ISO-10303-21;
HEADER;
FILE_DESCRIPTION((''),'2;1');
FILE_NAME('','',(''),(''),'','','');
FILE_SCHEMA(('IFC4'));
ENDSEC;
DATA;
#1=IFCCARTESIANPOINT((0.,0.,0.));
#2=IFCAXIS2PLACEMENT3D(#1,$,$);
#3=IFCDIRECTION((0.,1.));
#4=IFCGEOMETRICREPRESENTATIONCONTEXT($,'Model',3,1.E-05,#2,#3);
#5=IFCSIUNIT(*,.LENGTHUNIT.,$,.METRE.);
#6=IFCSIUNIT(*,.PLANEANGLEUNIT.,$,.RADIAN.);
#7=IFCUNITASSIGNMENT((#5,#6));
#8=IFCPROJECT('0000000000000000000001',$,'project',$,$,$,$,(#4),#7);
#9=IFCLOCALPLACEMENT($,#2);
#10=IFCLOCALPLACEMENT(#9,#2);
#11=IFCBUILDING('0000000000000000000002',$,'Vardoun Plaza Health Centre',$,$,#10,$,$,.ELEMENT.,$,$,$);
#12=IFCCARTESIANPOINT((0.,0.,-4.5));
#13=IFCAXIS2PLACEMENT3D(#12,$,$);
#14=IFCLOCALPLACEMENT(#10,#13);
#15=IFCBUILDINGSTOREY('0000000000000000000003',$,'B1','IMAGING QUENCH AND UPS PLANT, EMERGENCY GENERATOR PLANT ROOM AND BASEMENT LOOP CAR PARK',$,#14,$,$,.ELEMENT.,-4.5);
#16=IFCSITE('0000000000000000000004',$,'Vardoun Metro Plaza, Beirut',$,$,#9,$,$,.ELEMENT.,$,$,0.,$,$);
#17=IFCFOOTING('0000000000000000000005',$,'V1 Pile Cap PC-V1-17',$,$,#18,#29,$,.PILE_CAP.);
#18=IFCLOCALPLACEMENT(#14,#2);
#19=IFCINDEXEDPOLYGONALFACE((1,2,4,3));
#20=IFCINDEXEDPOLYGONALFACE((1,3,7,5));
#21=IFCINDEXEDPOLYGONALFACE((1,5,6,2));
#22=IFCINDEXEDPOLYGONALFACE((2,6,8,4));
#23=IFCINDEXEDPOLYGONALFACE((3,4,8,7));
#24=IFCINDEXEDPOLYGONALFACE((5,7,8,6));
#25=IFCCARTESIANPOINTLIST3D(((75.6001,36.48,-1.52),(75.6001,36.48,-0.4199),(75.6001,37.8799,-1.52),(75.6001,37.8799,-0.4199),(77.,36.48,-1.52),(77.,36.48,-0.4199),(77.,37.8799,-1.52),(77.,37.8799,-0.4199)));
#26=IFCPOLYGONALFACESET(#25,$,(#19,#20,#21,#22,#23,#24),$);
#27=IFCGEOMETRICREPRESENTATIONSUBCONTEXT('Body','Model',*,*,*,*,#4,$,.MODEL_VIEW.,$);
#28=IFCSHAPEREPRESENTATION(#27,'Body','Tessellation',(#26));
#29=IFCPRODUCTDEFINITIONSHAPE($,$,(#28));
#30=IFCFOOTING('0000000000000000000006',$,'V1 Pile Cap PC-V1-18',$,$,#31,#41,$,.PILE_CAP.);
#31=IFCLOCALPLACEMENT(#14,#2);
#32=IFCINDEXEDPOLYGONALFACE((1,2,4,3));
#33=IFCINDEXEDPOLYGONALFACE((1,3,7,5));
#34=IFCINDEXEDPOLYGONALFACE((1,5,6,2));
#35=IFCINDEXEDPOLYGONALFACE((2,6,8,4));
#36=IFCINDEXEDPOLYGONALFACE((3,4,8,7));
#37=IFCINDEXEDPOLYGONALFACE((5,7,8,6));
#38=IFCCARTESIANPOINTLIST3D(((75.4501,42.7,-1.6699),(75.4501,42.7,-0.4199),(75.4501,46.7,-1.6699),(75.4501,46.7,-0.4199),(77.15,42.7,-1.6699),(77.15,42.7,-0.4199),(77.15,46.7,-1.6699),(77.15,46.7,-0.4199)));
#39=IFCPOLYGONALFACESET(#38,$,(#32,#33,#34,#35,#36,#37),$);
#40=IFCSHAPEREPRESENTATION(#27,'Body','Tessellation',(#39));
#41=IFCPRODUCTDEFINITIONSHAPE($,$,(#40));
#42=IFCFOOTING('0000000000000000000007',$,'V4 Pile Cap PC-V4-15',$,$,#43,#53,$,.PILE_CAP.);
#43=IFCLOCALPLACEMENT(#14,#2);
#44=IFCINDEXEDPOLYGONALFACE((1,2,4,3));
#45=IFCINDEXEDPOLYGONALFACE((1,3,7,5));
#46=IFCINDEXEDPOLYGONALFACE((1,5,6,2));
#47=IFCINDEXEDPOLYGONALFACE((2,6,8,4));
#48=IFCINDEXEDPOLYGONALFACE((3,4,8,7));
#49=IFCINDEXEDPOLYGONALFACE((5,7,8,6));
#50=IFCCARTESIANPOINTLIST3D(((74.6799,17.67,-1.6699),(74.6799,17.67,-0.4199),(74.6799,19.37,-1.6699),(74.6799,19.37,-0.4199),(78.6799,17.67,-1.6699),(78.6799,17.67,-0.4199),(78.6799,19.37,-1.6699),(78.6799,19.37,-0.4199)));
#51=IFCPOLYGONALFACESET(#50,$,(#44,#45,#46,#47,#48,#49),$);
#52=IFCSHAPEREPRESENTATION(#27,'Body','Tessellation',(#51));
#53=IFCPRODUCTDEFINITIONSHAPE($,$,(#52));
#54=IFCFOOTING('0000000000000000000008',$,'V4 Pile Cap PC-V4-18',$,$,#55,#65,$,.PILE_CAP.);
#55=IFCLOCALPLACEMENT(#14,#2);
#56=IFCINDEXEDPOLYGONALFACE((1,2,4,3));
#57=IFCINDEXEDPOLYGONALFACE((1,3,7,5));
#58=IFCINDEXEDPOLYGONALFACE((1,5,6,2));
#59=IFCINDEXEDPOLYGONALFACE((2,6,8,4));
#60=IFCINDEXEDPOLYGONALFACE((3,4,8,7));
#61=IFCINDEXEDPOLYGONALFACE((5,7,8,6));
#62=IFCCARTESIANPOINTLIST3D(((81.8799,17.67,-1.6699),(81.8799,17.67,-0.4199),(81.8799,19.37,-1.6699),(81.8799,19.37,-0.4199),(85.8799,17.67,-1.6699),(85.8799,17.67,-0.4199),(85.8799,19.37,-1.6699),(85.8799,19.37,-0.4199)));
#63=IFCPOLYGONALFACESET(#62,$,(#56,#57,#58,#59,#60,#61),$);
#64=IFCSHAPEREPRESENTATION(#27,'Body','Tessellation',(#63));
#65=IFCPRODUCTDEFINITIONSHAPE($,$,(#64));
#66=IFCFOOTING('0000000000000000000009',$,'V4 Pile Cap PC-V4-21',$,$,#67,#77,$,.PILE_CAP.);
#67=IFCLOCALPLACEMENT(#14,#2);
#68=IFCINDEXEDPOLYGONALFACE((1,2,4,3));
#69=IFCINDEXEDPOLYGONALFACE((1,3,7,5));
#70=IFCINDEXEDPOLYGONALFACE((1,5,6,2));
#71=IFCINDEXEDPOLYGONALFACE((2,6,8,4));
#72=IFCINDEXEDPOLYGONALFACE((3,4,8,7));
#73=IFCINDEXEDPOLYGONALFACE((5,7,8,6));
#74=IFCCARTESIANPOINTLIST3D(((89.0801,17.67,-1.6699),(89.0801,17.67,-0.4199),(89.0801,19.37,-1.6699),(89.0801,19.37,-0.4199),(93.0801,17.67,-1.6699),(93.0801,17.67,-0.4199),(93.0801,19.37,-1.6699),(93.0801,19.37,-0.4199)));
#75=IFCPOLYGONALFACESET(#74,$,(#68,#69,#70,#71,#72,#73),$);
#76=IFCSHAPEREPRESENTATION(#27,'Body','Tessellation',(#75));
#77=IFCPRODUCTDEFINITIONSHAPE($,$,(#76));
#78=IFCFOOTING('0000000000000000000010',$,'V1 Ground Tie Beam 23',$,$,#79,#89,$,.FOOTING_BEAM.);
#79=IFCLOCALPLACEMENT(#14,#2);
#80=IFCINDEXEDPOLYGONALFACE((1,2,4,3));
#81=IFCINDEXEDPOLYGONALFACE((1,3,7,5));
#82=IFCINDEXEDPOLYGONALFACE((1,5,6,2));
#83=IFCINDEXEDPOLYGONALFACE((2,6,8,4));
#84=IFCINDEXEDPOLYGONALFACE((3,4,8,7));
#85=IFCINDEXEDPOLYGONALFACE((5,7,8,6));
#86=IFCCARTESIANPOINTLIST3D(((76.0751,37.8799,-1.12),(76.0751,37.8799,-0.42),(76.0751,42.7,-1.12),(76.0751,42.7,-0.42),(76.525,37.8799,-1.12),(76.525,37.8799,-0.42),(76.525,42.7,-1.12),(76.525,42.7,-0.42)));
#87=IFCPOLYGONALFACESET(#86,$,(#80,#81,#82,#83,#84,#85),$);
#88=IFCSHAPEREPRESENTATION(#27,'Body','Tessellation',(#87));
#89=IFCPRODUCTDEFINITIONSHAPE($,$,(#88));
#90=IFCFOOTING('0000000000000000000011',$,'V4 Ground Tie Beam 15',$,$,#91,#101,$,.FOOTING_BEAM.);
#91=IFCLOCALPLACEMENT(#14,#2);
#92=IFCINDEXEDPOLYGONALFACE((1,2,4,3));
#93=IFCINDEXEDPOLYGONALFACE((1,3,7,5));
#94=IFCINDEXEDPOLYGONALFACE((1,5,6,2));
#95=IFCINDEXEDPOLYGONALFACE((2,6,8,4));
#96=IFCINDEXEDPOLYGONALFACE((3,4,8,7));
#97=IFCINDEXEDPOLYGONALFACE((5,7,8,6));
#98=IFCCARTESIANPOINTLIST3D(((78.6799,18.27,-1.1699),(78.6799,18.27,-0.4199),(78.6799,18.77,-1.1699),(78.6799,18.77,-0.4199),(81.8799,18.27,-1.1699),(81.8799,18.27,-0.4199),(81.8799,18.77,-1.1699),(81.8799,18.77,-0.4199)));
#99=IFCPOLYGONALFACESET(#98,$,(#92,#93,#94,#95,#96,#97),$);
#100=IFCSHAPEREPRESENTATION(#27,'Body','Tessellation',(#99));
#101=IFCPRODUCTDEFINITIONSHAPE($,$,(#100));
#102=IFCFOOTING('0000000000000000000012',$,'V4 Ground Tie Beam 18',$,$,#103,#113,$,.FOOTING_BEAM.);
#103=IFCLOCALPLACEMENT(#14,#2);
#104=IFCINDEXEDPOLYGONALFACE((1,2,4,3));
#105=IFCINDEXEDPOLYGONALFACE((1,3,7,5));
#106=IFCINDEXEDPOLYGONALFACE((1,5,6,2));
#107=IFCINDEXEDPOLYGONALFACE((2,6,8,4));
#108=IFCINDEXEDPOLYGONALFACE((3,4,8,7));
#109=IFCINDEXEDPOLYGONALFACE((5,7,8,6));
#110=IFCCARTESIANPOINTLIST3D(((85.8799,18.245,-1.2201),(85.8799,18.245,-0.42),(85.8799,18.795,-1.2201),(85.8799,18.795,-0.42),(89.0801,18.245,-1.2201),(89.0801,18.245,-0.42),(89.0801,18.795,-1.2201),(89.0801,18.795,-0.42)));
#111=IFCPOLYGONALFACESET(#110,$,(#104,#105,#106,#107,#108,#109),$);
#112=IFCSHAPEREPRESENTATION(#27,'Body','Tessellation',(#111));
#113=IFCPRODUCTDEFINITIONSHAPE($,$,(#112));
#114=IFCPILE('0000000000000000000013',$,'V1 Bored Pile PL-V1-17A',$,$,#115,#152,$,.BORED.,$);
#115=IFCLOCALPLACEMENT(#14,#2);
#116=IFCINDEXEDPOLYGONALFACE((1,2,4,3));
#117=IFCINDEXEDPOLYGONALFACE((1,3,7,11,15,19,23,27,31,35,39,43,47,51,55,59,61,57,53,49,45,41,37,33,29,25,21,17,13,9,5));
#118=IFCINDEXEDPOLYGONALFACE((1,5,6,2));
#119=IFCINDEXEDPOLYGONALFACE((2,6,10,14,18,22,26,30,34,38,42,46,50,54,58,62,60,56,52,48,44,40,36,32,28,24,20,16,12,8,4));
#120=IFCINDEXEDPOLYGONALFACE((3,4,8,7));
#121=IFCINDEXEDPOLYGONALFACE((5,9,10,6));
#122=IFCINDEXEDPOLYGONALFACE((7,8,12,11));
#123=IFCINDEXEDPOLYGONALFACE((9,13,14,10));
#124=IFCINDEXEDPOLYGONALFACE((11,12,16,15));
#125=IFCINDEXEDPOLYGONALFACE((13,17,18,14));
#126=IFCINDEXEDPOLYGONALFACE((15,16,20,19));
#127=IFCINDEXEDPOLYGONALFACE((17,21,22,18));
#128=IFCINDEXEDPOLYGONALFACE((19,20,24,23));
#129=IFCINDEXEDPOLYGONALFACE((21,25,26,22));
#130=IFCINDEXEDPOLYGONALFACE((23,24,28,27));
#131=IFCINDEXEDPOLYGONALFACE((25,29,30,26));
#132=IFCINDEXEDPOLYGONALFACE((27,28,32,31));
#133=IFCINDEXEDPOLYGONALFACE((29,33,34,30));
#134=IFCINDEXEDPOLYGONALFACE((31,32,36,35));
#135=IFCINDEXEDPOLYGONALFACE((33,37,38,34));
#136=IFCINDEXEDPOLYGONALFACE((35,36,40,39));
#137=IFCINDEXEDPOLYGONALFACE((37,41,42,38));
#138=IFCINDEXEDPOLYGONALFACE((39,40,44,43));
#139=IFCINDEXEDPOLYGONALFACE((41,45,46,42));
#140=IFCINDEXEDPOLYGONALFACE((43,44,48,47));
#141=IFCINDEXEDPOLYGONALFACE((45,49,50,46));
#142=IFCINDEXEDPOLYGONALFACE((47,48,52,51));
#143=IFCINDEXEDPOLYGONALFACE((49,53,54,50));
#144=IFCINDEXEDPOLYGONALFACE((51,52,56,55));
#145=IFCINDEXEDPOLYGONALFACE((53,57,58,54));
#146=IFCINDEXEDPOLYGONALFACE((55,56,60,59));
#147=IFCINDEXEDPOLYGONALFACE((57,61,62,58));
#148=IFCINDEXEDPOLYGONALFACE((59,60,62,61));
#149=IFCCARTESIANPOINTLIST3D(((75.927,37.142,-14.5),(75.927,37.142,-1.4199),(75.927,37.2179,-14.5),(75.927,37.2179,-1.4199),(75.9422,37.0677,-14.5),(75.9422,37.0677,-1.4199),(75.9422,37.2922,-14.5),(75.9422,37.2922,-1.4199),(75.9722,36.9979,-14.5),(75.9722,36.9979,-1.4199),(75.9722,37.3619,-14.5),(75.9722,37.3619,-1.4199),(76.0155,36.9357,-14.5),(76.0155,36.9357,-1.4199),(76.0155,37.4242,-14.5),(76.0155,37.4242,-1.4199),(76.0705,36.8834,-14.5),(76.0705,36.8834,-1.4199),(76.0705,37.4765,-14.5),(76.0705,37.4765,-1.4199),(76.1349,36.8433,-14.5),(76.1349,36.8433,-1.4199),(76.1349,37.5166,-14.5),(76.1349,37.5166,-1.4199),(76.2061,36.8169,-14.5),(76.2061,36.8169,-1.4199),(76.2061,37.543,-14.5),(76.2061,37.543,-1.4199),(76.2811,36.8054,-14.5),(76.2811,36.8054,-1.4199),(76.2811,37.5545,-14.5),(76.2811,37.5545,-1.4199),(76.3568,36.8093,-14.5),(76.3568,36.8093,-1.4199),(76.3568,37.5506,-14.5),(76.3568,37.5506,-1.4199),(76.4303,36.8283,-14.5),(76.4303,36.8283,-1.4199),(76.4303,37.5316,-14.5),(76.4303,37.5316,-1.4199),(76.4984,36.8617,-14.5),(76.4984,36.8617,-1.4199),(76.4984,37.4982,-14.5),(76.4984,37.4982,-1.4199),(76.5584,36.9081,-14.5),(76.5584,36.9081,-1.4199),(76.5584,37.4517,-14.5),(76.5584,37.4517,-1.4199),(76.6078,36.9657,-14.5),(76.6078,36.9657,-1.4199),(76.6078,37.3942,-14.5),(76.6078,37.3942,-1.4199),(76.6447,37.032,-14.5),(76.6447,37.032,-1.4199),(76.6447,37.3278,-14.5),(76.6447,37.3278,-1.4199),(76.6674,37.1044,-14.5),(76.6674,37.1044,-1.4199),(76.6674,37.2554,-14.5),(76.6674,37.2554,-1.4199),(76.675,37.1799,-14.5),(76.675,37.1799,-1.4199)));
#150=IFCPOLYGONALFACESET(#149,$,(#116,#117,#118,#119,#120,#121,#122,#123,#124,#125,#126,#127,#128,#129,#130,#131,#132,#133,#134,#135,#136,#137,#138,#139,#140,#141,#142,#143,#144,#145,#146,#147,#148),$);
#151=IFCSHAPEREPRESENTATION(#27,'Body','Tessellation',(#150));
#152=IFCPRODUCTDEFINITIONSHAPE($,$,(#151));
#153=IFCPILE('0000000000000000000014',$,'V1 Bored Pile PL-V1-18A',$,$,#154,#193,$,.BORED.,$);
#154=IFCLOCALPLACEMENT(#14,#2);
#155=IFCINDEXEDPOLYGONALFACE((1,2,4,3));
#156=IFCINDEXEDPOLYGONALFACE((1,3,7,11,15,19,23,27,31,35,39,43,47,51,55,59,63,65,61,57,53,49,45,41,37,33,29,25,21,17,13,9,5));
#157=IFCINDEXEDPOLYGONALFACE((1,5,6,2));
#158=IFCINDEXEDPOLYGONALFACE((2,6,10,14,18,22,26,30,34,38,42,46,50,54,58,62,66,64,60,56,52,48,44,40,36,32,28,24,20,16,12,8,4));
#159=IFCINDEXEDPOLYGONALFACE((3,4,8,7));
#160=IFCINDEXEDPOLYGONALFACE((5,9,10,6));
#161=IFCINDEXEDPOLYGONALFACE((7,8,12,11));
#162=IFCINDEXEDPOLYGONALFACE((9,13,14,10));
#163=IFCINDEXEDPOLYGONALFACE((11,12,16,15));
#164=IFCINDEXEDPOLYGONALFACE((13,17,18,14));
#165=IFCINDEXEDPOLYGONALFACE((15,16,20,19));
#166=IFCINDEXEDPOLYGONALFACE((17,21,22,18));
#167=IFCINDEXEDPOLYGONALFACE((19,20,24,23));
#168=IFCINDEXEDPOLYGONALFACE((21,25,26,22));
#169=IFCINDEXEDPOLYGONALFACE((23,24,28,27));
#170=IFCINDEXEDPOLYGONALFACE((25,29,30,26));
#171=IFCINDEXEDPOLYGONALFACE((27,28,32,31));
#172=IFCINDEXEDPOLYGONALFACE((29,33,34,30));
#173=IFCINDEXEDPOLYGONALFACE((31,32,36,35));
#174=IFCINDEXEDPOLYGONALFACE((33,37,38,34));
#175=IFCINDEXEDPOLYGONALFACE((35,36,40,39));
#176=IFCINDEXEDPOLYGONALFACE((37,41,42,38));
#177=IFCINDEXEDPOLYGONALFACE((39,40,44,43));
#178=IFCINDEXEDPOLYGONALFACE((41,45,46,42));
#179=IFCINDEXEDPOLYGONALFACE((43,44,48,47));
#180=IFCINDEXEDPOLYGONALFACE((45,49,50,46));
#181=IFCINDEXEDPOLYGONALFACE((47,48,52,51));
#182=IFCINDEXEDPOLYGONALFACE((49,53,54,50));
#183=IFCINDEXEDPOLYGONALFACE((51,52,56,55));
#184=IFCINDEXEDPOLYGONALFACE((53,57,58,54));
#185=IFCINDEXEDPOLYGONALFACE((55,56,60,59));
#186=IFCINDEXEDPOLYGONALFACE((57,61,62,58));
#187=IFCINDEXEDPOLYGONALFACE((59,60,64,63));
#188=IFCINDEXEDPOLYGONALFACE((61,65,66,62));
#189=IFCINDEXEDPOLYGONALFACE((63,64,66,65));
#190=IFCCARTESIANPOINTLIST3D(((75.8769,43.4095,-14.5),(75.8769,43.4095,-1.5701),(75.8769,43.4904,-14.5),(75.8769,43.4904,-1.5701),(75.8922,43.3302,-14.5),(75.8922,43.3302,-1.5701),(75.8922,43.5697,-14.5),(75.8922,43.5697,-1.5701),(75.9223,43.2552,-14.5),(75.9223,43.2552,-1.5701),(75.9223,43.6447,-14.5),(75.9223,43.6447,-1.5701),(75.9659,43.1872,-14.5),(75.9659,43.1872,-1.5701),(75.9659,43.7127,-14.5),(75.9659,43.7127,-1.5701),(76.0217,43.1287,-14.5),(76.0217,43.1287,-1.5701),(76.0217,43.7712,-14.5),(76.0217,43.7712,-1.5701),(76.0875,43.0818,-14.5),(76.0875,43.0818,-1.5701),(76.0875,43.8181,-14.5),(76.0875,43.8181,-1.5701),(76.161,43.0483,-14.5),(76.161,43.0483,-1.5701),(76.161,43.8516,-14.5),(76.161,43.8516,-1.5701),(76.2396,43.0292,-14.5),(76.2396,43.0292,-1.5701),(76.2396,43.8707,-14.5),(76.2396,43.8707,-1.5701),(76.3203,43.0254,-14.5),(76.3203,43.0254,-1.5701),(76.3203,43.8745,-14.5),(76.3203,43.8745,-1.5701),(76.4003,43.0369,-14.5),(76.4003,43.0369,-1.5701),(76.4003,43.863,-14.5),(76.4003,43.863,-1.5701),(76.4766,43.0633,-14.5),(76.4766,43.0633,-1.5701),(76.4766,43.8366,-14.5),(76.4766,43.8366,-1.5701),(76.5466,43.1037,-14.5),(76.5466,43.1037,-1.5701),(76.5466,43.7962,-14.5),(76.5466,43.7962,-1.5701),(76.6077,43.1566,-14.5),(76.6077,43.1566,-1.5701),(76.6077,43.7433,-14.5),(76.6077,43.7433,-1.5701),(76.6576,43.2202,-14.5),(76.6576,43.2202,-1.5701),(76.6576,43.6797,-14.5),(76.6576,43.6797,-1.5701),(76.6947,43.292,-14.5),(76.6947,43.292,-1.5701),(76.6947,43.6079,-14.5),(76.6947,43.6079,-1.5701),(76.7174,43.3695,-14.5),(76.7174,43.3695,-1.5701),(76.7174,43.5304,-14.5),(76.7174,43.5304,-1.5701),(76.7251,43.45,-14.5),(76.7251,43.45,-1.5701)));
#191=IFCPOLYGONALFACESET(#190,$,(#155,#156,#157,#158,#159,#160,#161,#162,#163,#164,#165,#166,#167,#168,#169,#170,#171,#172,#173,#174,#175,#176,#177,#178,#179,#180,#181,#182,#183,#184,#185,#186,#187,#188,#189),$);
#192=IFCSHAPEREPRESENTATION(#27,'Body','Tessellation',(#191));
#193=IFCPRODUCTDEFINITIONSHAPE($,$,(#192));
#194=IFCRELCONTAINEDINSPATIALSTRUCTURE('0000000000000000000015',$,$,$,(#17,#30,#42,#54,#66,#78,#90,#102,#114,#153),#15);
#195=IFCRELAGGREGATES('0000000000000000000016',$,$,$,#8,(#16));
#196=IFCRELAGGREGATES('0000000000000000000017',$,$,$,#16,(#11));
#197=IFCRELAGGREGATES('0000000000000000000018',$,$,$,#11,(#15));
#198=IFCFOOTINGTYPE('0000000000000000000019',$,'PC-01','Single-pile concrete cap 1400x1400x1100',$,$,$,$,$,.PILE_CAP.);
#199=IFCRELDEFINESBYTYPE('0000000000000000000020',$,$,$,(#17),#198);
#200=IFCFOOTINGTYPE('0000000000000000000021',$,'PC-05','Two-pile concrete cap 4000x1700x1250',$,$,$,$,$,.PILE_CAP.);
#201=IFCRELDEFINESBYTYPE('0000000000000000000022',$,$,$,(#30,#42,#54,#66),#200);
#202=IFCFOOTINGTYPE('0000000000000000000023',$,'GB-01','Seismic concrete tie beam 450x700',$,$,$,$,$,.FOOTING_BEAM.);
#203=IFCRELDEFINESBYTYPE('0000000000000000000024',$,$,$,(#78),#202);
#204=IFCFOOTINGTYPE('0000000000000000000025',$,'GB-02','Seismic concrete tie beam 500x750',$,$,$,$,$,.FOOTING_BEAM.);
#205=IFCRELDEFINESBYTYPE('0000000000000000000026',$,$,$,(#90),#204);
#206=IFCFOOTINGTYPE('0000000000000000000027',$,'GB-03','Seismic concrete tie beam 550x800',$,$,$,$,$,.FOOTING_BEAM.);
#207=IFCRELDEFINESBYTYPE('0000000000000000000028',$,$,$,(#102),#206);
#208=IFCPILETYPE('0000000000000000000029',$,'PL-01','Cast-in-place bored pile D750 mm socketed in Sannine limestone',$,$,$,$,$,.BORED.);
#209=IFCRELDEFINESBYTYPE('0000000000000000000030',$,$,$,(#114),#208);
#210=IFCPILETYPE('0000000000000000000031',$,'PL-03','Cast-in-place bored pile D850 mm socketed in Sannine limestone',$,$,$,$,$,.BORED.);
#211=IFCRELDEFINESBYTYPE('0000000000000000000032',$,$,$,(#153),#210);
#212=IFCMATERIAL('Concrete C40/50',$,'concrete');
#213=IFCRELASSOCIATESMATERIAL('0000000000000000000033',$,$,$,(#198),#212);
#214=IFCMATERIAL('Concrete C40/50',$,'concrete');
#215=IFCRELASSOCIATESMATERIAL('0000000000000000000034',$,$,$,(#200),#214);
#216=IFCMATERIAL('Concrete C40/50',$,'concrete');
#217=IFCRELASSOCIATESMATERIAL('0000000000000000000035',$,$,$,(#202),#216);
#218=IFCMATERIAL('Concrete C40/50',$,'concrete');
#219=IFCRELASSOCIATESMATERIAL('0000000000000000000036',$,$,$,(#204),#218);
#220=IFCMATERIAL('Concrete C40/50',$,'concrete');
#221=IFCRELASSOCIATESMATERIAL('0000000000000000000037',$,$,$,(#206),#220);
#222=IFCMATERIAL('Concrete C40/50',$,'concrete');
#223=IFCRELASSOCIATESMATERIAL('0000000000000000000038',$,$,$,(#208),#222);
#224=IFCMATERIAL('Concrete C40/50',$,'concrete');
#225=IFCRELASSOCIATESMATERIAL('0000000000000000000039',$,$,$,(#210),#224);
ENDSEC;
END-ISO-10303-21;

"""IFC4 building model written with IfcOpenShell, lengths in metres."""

from ifc_helpers import new_model, si_unit, direction, frame, origin, origin_2d, place, context, subcontext, project, spatial, rectangle, circle, extrude, material, material_profile, profile_set, type_object, element, save


model = new_model("IFC4")

# Units and contexts
model_context = context("Model", 3, precision=1e-05, world=origin(), true_north=direction((0.0, 1.0)))
body_context = subcontext(model_context, "Body", "Model", "MODEL_VIEW")
ifc_project = project(units=[si_unit("LENGTHUNIT", "METRE"), si_unit("PLANEANGLEUNIT", "RADIAN")], contexts=[model_context])

# Site, building, storey
site_placement = place(None, origin())
site = spatial("IfcSite", under=ifc_project, at=site_placement, Name="Vardoun Metro Plaza, Beirut", CompositionType="ELEMENT", RefElevation=0.0)
building_placement = place(site_placement, origin())
building = spatial("IfcBuilding", under=site, at=building_placement, Name="Vardoun Plaza Health Centre", CompositionType="ELEMENT")
storey_placement = place(building_placement, frame((0.0, 0.0, -4.5)))
storey = spatial("IfcBuildingStorey", under=building, at=storey_placement, Name="B1", Description="IMAGING QUENCH AND UPS PLANT, EMERGENCY GENERATOR PLANT ROOM AND BASEMENT LOOP CAR PARK", CompositionType="ELEMENT", Elevation=-4.5)

# Footings
ifc_material_1 = material(Name="Concrete C40/50", Category="concrete")
footing_type_1 = type_object("IfcFootingType", Name="PC-01", Description="Single-pile concrete cap 1400x1400x1100", PredefinedType="PILE_CAP", material=ifc_material_1)
footing_1_placement = place(storey_placement, frame((76.3, 37.1799, -1.52), z_axis=(0.0, 0.0, 1.0), x_axis=(1.0, 0.0, 0.0)))
element("IfcFooting", 1, at=footing_1_placement, inside=storey, type_object=footing_type_1, Name="V1 Pile Cap PC-V1-17", PredefinedType="PILE_CAP", context=body_context, shape_type="SweptSolid", body=[
    extrude(rectangle(XDim=1.3999, YDim=1.3999, at=origin_2d()), origin(), (0.0, 0.0, 1.0), 1.1001),
])
ifc_material_2 = material(Name="Concrete C40/50", Category="concrete")
footing_type_2 = type_object("IfcFootingType", Name="PC-05", Description="Two-pile concrete cap 4000x1700x1250", PredefinedType="PILE_CAP", material=ifc_material_2)
for number, where, z_axis, x_axis, name in (
    (2, (76.3, 44.7, -1.6699), (0.0, 0.0, 1.0), (0.0, 1.0, 0.0), "V1 Pile Cap PC-V1-18"),
    (3, (76.6799, 18.52, -1.6699), (0.0, 0.0, 1.0), (1.0, 0.0, 0.0), "V4 Pile Cap PC-V4-15"),
    (4, (83.8799, 18.52, -1.6699), (0.0, 0.0, 1.0), (1.0, 0.0, 0.0), "V4 Pile Cap PC-V4-18"),
    (5, (91.0801, 18.52, -1.6699), (0.0, 0.0, 1.0), (1.0, 0.0, 0.0), "V4 Pile Cap PC-V4-21"),
):
    element("IfcFooting", number, at=place(storey_placement, frame(where, z_axis=z_axis, x_axis=x_axis)), inside=storey, type_object=footing_type_2, Name=name, PredefinedType="PILE_CAP", context=body_context, shape_type="SweptSolid", body=[
        extrude(rectangle(XDim=4.0, YDim=1.7, at=origin_2d()), origin(), (0.0, 0.0, 1.0), 1.25),
    ])
ifc_material_3 = material(Name="Concrete C40/50", Category="concrete")
ifc_material_profile_1 = material_profile(ifc_material_3, rectangle(XDim=0.45, YDim=0.7, at=origin_2d()), Name="GB 450x700")
ifc_profile_set_1 = profile_set([ifc_material_profile_1], Name="Concrete C40/50")
footing_type_3 = type_object("IfcFootingType", Name="GB-01", Description="Seismic concrete tie beam 450x700", PredefinedType="FOOTING_BEAM", material=ifc_profile_set_1)
footing_2_placement = place(storey_placement, frame((76.3, 37.8799, -0.77), z_axis=(0.0, 1.0, 0.0), x_axis=(-1.0, 0.0, 0.0)))
element("IfcFooting", 6, at=footing_2_placement, inside=storey, type_object=footing_type_3, Name="V1 Ground Tie Beam 23", PredefinedType="FOOTING_BEAM", context=body_context, shape_type="SweptSolid", body=[
    extrude(rectangle(XDim=0.45, YDim=0.7, at=origin_2d()), origin(), (0.0, 0.0, 1.0), 4.8201),
])
ifc_material_4 = material(Name="Concrete C40/50", Category="concrete")
ifc_material_profile_2 = material_profile(ifc_material_4, rectangle(XDim=0.5, YDim=0.75, at=origin_2d()), Name="GB 500x750")
ifc_profile_set_2 = profile_set([ifc_material_profile_2], Name="Concrete C40/50")
footing_type_4 = type_object("IfcFootingType", Name="GB-02", Description="Seismic concrete tie beam 500x750", PredefinedType="FOOTING_BEAM", material=ifc_profile_set_2)
footing_3_placement = place(storey_placement, frame((78.6799, 18.52, -0.7949), z_axis=(1.0, 0.0, 0.0), x_axis=(0.0, 1.0, 0.0)))
element("IfcFooting", 7, at=footing_3_placement, inside=storey, type_object=footing_type_4, Name="V4 Ground Tie Beam 15", PredefinedType="FOOTING_BEAM", context=body_context, shape_type="SweptSolid", body=[
    extrude(rectangle(XDim=0.5, YDim=0.75, at=origin_2d()), origin(), (0.0, 0.0, 1.0), 3.2),
])
ifc_material_5 = material(Name="Concrete C40/50", Category="concrete")
ifc_material_profile_3 = material_profile(ifc_material_5, rectangle(XDim=0.55, YDim=0.8, at=origin_2d()), Name="GB 550x800")
ifc_profile_set_3 = profile_set([ifc_material_profile_3], Name="Concrete C40/50")
footing_type_5 = type_object("IfcFootingType", Name="GB-03", Description="Seismic concrete tie beam 550x800", PredefinedType="FOOTING_BEAM", material=ifc_profile_set_3)
footing_4_placement = place(storey_placement, frame((85.8799, 18.52, -0.8201), z_axis=(1.0, 0.0, 0.0), x_axis=(0.0, 1.0, 0.0)))
element("IfcFooting", 8, at=footing_4_placement, inside=storey, type_object=footing_type_5, Name="V4 Ground Tie Beam 18", PredefinedType="FOOTING_BEAM", context=body_context, shape_type="SweptSolid", body=[
    extrude(rectangle(XDim=0.55, YDim=0.8, at=origin_2d()), origin(), (0.0, 0.0, 1.0), 3.2002),
])

# Piles
ifc_material_6 = material(Name="Concrete C40/50", Category="concrete")
ifc_material_profile_4 = material_profile(ifc_material_6, circle(Radius=0.375, at=origin_2d()), Name="PILE D750")
ifc_profile_set_4 = profile_set([ifc_material_profile_4], Name="Concrete C40/50")
pile_type_1 = type_object("IfcPileType", Name="PL-01", Description="Cast-in-place bored pile D750 mm socketed in Sannine limestone", PredefinedType="BORED", material=ifc_profile_set_4)
pile_placement = place(storey_placement, frame((76.3, 37.1799, -1.4199), z_axis=(0.0, 0.0, -1.0), x_axis=(1.0, 0.0, 0.0)))
element("IfcPile", 9, at=pile_placement, inside=storey, type_object=pile_type_1, Name="V1 Bored Pile PL-V1-17A", PredefinedType="BORED", context=body_context, shape_type="SweptSolid", body=[
    extrude(circle(Radius=0.375, at=origin_2d()), origin(), (0.0, 0.0, 1.0), 13.0801),
])
ifc_material_7 = material(Name="Concrete C40/50", Category="concrete")
ifc_material_profile_5 = material_profile(ifc_material_7, circle(Radius=0.425, at=origin_2d()), Name="PILE D850")
ifc_profile_set_5 = profile_set([ifc_material_profile_5], Name="Concrete C40/50")
pile_type_2 = type_object("IfcPileType", Name="PL-03", Description="Cast-in-place bored pile D850 mm socketed in Sannine limestone", PredefinedType="BORED", material=ifc_profile_set_5)
for number, where, z_axis, x_axis, name in (
    (10, (76.3, 43.45, -1.5701), (0.0, 0.0, -1.0), (1.0, 0.0, 0.0), "V1 Bored Pile PL-V1-18A"),
):
    element("IfcPile", number, at=place(storey_placement, frame(where, z_axis=z_axis, x_axis=x_axis)), inside=storey, type_object=pile_type_2, Name=name, PredefinedType="BORED", context=body_context, shape_type="SweptSolid", body=[
        extrude(circle(Radius=0.425, at=origin_2d()), origin(), (0.0, 0.0, 1.0), 12.9299),
    ])

save(model, "model.ifc")
